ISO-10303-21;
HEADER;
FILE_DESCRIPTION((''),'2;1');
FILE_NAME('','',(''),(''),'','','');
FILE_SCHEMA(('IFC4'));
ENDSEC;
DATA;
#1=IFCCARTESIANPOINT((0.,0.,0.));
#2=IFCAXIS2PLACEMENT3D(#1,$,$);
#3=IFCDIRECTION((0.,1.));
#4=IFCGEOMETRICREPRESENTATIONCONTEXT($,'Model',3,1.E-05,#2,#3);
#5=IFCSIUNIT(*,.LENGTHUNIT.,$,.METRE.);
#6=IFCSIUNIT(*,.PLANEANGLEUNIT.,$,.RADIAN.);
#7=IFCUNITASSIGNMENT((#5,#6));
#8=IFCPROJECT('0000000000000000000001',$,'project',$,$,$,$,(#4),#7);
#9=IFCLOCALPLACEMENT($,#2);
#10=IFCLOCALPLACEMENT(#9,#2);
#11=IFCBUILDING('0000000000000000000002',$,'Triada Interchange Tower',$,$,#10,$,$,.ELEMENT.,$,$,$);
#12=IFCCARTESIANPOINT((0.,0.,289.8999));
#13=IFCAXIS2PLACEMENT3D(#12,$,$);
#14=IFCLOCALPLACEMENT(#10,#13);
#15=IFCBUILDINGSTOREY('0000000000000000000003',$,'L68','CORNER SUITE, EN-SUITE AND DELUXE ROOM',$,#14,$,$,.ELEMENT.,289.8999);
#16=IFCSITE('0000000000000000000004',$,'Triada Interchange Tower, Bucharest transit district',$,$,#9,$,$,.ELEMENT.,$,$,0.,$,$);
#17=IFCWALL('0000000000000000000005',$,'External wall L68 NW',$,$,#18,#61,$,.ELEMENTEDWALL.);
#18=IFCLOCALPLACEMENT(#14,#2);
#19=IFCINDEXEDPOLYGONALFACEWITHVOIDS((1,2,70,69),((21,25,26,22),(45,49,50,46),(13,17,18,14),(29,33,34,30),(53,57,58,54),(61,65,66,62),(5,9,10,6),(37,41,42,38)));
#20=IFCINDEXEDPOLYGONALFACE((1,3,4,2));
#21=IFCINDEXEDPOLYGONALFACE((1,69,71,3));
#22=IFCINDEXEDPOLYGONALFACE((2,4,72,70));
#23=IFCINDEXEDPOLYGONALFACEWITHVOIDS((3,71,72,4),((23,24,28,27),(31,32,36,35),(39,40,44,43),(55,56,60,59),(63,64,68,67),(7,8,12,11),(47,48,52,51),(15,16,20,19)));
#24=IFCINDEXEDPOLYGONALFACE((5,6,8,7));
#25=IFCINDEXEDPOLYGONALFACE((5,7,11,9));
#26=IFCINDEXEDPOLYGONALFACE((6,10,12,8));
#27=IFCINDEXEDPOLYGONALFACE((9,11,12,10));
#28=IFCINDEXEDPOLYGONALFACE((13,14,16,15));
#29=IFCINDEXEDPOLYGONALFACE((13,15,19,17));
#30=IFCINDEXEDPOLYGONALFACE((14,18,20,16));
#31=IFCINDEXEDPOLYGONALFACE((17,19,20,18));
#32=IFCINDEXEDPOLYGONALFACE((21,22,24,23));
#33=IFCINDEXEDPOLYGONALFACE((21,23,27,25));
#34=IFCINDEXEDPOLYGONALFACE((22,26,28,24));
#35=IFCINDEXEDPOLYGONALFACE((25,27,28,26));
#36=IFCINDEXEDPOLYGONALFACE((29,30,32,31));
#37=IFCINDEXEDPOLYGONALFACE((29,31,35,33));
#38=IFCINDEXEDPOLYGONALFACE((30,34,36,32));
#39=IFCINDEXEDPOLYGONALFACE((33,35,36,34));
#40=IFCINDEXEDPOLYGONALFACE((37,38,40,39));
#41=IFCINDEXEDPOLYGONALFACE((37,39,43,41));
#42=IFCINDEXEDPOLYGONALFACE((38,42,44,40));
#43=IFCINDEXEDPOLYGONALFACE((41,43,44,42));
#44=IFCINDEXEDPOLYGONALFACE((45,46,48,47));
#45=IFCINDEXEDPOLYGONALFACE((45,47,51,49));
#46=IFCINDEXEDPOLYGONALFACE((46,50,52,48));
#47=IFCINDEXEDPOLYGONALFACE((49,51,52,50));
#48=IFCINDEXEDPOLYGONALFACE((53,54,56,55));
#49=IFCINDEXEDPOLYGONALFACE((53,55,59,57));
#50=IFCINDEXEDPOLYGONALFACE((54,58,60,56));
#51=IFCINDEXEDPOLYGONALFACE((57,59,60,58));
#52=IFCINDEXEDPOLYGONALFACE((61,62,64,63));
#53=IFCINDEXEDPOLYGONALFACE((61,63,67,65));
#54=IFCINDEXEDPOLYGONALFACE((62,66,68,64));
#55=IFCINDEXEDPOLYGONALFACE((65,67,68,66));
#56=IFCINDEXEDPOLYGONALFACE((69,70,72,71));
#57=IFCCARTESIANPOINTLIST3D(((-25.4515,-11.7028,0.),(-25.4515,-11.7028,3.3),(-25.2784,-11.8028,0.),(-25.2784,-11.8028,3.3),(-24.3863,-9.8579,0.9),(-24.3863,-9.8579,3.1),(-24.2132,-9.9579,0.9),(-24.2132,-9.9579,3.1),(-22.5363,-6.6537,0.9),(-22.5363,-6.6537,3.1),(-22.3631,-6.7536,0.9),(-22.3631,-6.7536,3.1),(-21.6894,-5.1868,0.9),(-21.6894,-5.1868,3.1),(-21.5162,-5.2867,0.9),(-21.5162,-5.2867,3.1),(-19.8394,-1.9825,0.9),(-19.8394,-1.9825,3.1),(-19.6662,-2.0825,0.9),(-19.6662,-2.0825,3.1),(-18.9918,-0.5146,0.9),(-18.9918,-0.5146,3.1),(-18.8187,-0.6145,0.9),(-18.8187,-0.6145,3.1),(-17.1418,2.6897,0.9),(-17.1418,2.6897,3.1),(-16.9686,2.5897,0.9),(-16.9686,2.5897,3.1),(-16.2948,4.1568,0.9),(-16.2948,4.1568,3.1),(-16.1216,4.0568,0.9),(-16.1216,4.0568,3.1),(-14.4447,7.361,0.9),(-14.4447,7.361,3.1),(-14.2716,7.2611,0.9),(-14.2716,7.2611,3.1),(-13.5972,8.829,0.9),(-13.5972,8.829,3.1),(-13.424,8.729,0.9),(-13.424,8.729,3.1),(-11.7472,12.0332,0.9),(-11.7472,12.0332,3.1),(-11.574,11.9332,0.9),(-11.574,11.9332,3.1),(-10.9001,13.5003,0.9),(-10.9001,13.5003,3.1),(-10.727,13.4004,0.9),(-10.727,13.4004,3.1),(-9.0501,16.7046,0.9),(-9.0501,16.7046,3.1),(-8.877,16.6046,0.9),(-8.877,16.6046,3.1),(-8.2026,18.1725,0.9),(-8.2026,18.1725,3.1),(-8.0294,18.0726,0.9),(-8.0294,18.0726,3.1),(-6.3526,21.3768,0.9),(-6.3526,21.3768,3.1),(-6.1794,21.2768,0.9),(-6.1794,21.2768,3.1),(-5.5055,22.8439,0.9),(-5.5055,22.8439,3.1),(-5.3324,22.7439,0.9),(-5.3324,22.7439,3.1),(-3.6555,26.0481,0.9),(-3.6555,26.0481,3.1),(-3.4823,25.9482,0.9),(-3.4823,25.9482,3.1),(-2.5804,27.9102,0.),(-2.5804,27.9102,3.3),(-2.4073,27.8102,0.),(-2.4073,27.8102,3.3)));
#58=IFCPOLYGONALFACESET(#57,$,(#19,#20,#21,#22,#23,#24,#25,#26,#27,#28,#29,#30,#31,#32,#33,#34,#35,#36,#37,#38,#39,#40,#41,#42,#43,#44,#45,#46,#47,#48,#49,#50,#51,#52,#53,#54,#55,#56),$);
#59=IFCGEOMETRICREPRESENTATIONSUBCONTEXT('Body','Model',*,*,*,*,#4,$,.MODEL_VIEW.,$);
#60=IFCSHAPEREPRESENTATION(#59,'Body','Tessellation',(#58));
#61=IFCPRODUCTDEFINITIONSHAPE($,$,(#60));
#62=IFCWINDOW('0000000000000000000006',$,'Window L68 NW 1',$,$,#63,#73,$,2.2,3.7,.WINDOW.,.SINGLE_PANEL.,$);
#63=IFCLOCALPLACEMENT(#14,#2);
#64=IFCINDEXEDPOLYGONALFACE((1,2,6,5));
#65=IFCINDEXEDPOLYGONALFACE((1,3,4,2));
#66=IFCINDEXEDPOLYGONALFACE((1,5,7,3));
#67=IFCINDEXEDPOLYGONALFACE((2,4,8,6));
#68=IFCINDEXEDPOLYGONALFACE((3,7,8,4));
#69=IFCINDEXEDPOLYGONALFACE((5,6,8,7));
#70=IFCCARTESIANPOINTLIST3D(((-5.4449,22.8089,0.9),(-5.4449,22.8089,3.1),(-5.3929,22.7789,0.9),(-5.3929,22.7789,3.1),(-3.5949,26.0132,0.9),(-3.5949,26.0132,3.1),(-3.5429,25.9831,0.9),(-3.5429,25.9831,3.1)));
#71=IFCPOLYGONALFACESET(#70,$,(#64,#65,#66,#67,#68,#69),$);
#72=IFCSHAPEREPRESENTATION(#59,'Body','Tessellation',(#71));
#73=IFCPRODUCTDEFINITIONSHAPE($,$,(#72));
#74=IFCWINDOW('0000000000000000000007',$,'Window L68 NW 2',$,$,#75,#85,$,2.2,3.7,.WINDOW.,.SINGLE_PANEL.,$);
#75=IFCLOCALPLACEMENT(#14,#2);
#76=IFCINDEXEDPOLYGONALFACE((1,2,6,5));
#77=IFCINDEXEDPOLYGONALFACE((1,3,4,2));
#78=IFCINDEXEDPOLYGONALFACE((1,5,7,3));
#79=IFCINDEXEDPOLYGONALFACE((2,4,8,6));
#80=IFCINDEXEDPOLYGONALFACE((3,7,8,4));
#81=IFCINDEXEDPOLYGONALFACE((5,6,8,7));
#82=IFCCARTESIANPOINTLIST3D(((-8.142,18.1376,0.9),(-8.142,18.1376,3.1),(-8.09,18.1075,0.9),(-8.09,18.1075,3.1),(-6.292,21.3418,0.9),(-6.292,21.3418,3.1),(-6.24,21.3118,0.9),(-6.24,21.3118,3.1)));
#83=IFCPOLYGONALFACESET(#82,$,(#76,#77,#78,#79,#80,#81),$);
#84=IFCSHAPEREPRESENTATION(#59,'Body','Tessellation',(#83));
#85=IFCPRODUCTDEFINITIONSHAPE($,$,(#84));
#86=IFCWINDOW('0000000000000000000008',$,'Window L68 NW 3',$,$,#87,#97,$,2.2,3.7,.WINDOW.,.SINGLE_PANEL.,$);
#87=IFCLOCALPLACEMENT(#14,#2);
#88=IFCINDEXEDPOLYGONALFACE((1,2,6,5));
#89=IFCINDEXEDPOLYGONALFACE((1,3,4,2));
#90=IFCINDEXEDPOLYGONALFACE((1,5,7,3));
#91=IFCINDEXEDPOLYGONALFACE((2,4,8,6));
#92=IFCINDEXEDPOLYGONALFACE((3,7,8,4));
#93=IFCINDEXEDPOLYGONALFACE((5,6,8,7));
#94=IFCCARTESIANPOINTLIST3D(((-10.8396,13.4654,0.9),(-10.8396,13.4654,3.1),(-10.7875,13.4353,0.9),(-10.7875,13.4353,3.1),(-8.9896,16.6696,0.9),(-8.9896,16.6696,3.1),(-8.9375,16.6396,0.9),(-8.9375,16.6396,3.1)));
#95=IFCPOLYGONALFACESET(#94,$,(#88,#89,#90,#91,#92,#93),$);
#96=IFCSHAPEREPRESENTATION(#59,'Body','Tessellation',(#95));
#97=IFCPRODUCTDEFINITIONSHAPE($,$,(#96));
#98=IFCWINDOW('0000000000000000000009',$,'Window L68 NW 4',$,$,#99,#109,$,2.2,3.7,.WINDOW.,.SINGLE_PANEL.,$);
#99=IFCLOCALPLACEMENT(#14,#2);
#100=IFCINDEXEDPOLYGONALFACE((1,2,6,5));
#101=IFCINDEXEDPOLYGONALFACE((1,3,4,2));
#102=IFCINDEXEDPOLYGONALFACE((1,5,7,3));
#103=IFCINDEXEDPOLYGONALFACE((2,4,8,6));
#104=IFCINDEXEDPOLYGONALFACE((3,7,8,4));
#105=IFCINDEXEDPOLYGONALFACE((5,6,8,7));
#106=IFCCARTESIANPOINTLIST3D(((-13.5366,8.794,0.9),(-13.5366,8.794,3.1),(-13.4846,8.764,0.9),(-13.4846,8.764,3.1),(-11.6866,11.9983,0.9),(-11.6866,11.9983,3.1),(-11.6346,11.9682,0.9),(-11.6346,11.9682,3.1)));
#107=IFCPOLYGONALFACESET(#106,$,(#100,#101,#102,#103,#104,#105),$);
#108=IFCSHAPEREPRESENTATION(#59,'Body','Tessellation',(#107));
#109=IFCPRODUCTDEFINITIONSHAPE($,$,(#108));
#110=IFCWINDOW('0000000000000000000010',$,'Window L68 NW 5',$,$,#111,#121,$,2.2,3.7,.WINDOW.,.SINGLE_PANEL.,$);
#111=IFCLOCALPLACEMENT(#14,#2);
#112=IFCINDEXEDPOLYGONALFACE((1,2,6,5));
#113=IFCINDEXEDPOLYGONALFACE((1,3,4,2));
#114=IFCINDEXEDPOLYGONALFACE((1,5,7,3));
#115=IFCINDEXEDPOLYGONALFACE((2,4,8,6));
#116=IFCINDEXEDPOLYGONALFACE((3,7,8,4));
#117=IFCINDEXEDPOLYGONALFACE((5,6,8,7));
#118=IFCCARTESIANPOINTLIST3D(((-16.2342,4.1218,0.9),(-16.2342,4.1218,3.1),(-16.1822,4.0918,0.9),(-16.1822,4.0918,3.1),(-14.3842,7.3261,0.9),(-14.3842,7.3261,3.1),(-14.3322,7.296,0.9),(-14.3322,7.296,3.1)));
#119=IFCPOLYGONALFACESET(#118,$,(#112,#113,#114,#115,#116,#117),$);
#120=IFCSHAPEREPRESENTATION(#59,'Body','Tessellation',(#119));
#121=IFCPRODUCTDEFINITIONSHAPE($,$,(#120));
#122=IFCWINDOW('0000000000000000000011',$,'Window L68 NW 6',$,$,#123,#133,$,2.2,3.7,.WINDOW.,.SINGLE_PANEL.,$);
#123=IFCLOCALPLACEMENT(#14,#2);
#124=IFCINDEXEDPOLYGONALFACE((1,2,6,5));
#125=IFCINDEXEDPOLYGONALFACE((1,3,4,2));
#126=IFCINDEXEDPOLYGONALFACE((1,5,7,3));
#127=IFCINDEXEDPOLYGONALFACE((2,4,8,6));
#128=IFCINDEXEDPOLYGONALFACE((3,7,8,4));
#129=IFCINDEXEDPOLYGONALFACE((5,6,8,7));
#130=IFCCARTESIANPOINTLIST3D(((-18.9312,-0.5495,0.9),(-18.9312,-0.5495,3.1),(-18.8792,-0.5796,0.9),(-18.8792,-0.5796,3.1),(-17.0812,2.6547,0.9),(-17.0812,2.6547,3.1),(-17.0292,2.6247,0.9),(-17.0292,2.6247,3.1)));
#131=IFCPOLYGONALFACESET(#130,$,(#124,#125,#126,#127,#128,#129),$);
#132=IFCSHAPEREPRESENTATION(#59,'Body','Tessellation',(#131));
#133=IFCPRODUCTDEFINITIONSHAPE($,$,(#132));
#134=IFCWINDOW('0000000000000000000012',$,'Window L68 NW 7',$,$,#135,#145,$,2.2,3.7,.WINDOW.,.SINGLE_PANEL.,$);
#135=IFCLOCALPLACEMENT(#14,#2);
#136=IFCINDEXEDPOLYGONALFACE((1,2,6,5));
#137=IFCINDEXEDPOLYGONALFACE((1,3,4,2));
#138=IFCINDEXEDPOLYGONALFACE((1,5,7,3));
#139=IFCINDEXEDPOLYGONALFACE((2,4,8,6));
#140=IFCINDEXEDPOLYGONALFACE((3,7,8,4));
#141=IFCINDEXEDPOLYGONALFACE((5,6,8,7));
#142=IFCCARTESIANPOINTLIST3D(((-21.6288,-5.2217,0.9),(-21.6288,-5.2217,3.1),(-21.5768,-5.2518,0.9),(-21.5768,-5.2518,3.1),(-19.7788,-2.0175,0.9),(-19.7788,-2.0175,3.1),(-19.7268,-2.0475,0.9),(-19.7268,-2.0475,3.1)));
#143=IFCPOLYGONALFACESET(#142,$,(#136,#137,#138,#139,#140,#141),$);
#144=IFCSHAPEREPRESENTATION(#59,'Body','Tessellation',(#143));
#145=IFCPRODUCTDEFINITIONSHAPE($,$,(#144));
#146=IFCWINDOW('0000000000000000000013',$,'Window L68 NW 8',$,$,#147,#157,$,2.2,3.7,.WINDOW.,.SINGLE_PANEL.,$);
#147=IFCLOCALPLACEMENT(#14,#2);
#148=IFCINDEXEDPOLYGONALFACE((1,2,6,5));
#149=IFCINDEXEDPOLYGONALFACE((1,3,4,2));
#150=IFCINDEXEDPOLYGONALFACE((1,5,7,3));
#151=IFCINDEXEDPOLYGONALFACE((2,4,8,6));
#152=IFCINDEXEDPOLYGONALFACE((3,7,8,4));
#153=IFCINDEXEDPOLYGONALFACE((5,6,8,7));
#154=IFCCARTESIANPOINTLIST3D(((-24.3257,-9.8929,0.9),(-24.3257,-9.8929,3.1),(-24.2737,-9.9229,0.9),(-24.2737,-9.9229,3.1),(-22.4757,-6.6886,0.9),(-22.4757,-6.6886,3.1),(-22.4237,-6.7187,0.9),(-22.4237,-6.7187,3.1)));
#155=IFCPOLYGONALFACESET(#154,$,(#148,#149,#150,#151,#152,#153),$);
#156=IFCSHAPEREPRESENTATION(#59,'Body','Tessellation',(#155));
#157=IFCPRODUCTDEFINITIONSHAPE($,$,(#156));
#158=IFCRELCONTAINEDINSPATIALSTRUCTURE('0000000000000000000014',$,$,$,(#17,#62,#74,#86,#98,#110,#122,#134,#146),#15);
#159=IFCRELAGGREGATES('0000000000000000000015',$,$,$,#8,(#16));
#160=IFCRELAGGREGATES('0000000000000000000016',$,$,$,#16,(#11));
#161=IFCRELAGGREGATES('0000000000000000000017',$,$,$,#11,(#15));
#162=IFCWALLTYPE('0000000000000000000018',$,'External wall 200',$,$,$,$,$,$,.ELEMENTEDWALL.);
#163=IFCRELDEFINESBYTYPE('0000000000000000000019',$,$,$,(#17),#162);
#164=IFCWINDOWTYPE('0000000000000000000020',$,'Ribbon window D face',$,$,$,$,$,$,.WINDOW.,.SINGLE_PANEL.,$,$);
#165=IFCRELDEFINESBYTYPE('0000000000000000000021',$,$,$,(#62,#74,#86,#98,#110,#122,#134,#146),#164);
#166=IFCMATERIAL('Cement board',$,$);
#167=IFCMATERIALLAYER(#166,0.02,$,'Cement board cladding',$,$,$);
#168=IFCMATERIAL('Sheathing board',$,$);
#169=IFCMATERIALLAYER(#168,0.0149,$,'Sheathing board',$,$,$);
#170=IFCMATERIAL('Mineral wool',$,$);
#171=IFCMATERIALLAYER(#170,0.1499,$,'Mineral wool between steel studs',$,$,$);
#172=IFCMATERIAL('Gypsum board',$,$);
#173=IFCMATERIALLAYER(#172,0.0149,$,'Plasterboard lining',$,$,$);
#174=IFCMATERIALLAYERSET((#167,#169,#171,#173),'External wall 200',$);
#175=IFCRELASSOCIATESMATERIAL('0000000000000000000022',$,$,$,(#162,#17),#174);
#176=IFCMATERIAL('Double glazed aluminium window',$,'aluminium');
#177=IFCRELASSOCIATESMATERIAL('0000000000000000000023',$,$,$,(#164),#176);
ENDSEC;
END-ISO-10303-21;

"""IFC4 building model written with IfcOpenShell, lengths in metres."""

from ifc_helpers import new_model, si_unit, direction, frame, frame_2d, origin, place, context, subcontext, project, spatial, rectangle, extrude, material, layer, layer_set, layer_usage, type_object, element, fill, save


model = new_model("IFC4")

# Units and contexts
model_context = context("Model", 3, precision=1e-05, world=origin(), true_north=direction((0.0, 1.0)))
body_context = subcontext(model_context, "Body", "Model", "MODEL_VIEW")
ifc_project = project(units=[si_unit("LENGTHUNIT", "METRE"), si_unit("PLANEANGLEUNIT", "RADIAN")], contexts=[model_context])

# Site, building, storey
site_placement = place(None, origin())
site = spatial("IfcSite", under=ifc_project, at=site_placement, Name="Triada Interchange Tower, Bucharest transit district", CompositionType="ELEMENT", RefElevation=0.0)
building_placement = place(site_placement, origin())
building = spatial("IfcBuilding", under=site, at=building_placement, Name="Triada Interchange Tower", CompositionType="ELEMENT")
storey_placement = place(building_placement, frame((0.0, 0.0, 289.8999)))
storey = spatial("IfcBuildingStorey", under=building, at=storey_placement, Name="L68", Description="CORNER SUITE, EN-SUITE AND DELUXE ROOM", CompositionType="ELEMENT", Elevation=289.8999)

# Wall, openings, windows
ifc_material_1 = material(Name="Cement board")
ifc_layer_1 = layer(ifc_material_1, 0.02, Name="Cement board cladding")
ifc_material_2 = material(Name="Sheathing board")
ifc_layer_2 = layer(ifc_material_2, 0.0149, Name="Sheathing board")
ifc_material_3 = material(Name="Mineral wool")
ifc_layer_3 = layer(ifc_material_3, 0.1499, Name="Mineral wool between steel studs")
ifc_material_4 = material(Name="Gypsum board")
ifc_layer_4 = layer(ifc_material_4, 0.0149, Name="Plasterboard lining")
ifc_layer_set_1 = layer_set([ifc_layer_1, ifc_layer_2, ifc_layer_3, ifc_layer_4], Name="External wall 200")
ifc_layer_usage = layer_usage(ifc_layer_set_1, "AXIS2", "POSITIVE", -0.1001)
wall_type_1 = type_object("IfcWallType", Name="External wall 200", PredefinedType="ELEMENTEDWALL", material=ifc_layer_set_1)
wall_1_placement = place(storey_placement, frame((-2.4939, 27.8601, 0.0), z_axis=(0.0, 0.0, 1.0), x_axis=(-0.500008, -0.866021, 0.0)))
wall_1 = element("IfcWall", 1, at=wall_1_placement, inside=storey, type_object=wall_type_1, material=ifc_layer_usage, Name="External wall L68 NW", PredefinedType="ELEMENTEDWALL", context=body_context, shape_type="SweptSolid", body=[
    extrude(rectangle(XDim=45.7415, YDim=0.2, at=frame_2d((22.8706, 0.0))), origin(), (0.0, 0.0, 1.0), 3.3),
])
opening_1_placement = place(wall_1_placement, frame((2.1499, 0.0, 0.8999)))
opening_1 = element("IfcOpeningElement", 2, at=opening_1_placement, cuts=wall_1, PredefinedType="OPENING", context=body_context, shape_type="SweptSolid", body=[
    extrude(rectangle(XDim=3.7, YDim=2.2, at=frame_2d((1.8501, 1.1001))), frame((0.0, 0.1099, 0.0), z_axis=(0.0, -1.0, 0.0), x_axis=(1.0, 0.0, 0.0)), (0.0, 0.0, 1.0), 0.22),
])
opening_2_placement = place(wall_1_placement, frame((7.5439, 0.0, 0.8999)))
opening_2 = element("IfcOpeningElement", 3, at=opening_2_placement, cuts=wall_1, PredefinedType="OPENING", context=body_context, shape_type="SweptSolid", body=[
    extrude(rectangle(XDim=3.7, YDim=2.2, at=frame_2d((1.8501, 1.1001))), frame((0.0, 0.1099, 0.0), z_axis=(0.0, -1.0, 0.0), x_axis=(1.0, 0.0, 0.0)), (0.0, 0.0, 1.0), 0.22),
])
opening_3_placement = place(wall_1_placement, frame((12.939, 0.0, 0.8999)))
opening_3 = element("IfcOpeningElement", 4, at=opening_3_placement, cuts=wall_1, PredefinedType="OPENING", context=body_context, shape_type="SweptSolid", body=[
    extrude(rectangle(XDim=3.7, YDim=2.2, at=frame_2d((1.8501, 1.1001))), frame((0.0, 0.1099, 0.0), z_axis=(0.0, -1.0, 0.0), x_axis=(1.0, 0.0, 0.0)), (0.0, 0.0, 1.0), 0.22),
])
opening_4_placement = place(wall_1_placement, frame((18.333, 0.0, 0.8999)))
opening_4 = element("IfcOpeningElement", 5, at=opening_4_placement, cuts=wall_1, PredefinedType="OPENING", context=body_context, shape_type="SweptSolid", body=[
    extrude(rectangle(XDim=3.7, YDim=2.2, at=frame_2d((1.8501, 1.1001))), frame((0.0, 0.1099, 0.0), z_axis=(0.0, -1.0, 0.0), x_axis=(1.0, 0.0, 0.0)), (0.0, 0.0, 1.0), 0.22),
])
opening_5_placement = place(wall_1_placement, frame((23.728, 0.0, 0.8999)))
opening_5 = element("IfcOpeningElement", 6, at=opening_5_placement, cuts=wall_1, PredefinedType="OPENING", context=body_context, shape_type="SweptSolid", body=[
    extrude(rectangle(XDim=3.7, YDim=2.2, at=frame_2d((1.8501, 1.1001))), frame((0.0, 0.1099, 0.0), z_axis=(0.0, -1.0, 0.0), x_axis=(1.0, 0.0, 0.0)), (0.0, 0.0, 1.0), 0.22),
])
opening_6_placement = place(wall_1_placement, frame((29.1221, 0.0, 0.8999)))
opening_6 = element("IfcOpeningElement", 7, at=opening_6_placement, cuts=wall_1, PredefinedType="OPENING", context=body_context, shape_type="SweptSolid", body=[
    extrude(rectangle(XDim=3.7, YDim=2.2, at=frame_2d((1.8501, 1.1001))), frame((0.0, 0.1099, 0.0), z_axis=(0.0, -1.0, 0.0), x_axis=(1.0, 0.0, 0.0)), (0.0, 0.0, 1.0), 0.22),
])
opening_7_placement = place(wall_1_placement, frame((34.5171, 0.0, 0.8999)))
opening_7 = element("IfcOpeningElement", 8, at=opening_7_placement, cuts=wall_1, PredefinedType="OPENING", context=body_context, shape_type="SweptSolid", body=[
    extrude(rectangle(XDim=3.7, YDim=2.2, at=frame_2d((1.8501, 1.1001))), frame((0.0, 0.1099, 0.0), z_axis=(0.0, -1.0, 0.0), x_axis=(1.0, 0.0, 0.0)), (0.0, 0.0, 1.0), 0.22),
])
opening_8_placement = place(wall_1_placement, frame((39.9109, 0.0, 0.8999)))
opening_8 = element("IfcOpeningElement", 9, at=opening_8_placement, cuts=wall_1, PredefinedType="OPENING", context=body_context, shape_type="SweptSolid", body=[
    extrude(rectangle(XDim=3.7, YDim=2.2, at=frame_2d((1.8501, 1.1001))), frame((0.0, 0.1099, 0.0), z_axis=(0.0, -1.0, 0.0), x_axis=(1.0, 0.0, 0.0)), (0.0, 0.0, 1.0), 0.22),
])
ifc_material_5 = material(Name="Double glazed aluminium window", Category="aluminium")
window_type = type_object("IfcWindowType", Name="Ribbon window D face", PartitioningType="SINGLE_PANEL", PredefinedType="WINDOW", material=ifc_material_5)
window_1_placement = place(opening_1_placement, origin())
window_1 = element("IfcWindow", 10, at=window_1_placement, inside=storey, type_object=window_type, Name="Window L68 NW 1", OverallHeight=2.2, OverallWidth=3.7, PartitioningType="SINGLE_PANEL", PredefinedType="WINDOW", context=body_context, shape_type="SweptSolid", body=[
    extrude(rectangle(XDim=3.7, YDim=2.2, at=frame_2d((1.8501, 1.1001))), frame((0.0, 0.03, 0.0), z_axis=(0.0, -1.0, 0.0), x_axis=(1.0, 0.0, 0.0)), (0.0, 0.0, 1.0), 0.0601),
])
fill(opening_1, window_1)
window_2_placement = place(opening_2_placement, origin())
window_2 = element("IfcWindow", 11, at=window_2_placement, inside=storey, type_object=window_type, Name="Window L68 NW 2", OverallHeight=2.2, OverallWidth=3.7, PartitioningType="SINGLE_PANEL", PredefinedType="WINDOW", context=body_context, shape_type="SweptSolid", body=[
    extrude(rectangle(XDim=3.7, YDim=2.2, at=frame_2d((1.8501, 1.1001))), frame((0.0, 0.03, 0.0), z_axis=(0.0, -1.0, 0.0), x_axis=(1.0, 0.0, 0.0)), (0.0, 0.0, 1.0), 0.0601),
])
fill(opening_2, window_2)
window_3_placement = place(opening_3_placement, origin())
window_3 = element("IfcWindow", 12, at=window_3_placement, inside=storey, type_object=window_type, Name="Window L68 NW 3", OverallHeight=2.2, OverallWidth=3.7, PartitioningType="SINGLE_PANEL", PredefinedType="WINDOW", context=body_context, shape_type="SweptSolid", body=[
    extrude(rectangle(XDim=3.7, YDim=2.2, at=frame_2d((1.8501, 1.1001))), frame((0.0, 0.03, 0.0), z_axis=(0.0, -1.0, 0.0), x_axis=(1.0, 0.0, 0.0)), (0.0, 0.0, 1.0), 0.0601),
])
fill(opening_3, window_3)
window_4_placement = place(opening_4_placement, origin())
window_4 = element("IfcWindow", 13, at=window_4_placement, inside=storey, type_object=window_type, Name="Window L68 NW 4", OverallHeight=2.2, OverallWidth=3.7, PartitioningType="SINGLE_PANEL", PredefinedType="WINDOW", context=body_context, shape_type="SweptSolid", body=[
    extrude(rectangle(XDim=3.7, YDim=2.2, at=frame_2d((1.8501, 1.1001))), frame((0.0, 0.03, 0.0), z_axis=(0.0, -1.0, 0.0), x_axis=(1.0, 0.0, 0.0)), (0.0, 0.0, 1.0), 0.0601),
])
fill(opening_4, window_4)
window_5_placement = place(opening_5_placement, origin())
window_5 = element("IfcWindow", 14, at=window_5_placement, inside=storey, type_object=window_type, Name="Window L68 NW 5", OverallHeight=2.2, OverallWidth=3.7, PartitioningType="SINGLE_PANEL", PredefinedType="WINDOW", context=body_context, shape_type="SweptSolid", body=[
    extrude(rectangle(XDim=3.7, YDim=2.2, at=frame_2d((1.8501, 1.1001))), frame((0.0, 0.03, 0.0), z_axis=(0.0, -1.0, 0.0), x_axis=(1.0, 0.0, 0.0)), (0.0, 0.0, 1.0), 0.0601),
])
fill(opening_5, window_5)
window_6_placement = place(opening_6_placement, origin())
window_6 = element("IfcWindow", 15, at=window_6_placement, inside=storey, type_object=window_type, Name="Window L68 NW 6", OverallHeight=2.2, OverallWidth=3.7, PartitioningType="SINGLE_PANEL", PredefinedType="WINDOW", context=body_context, shape_type="SweptSolid", body=[
    extrude(rectangle(XDim=3.7, YDim=2.2, at=frame_2d((1.8501, 1.1001))), frame((0.0, 0.03, 0.0), z_axis=(0.0, -1.0, 0.0), x_axis=(1.0, 0.0, 0.0)), (0.0, 0.0, 1.0), 0.0601),
])
fill(opening_6, window_6)
window_7_placement = place(opening_7_placement, origin())
window_7 = element("IfcWindow", 16, at=window_7_placement, inside=storey, type_object=window_type, Name="Window L68 NW 7", OverallHeight=2.2, OverallWidth=3.7, PartitioningType="SINGLE_PANEL", PredefinedType="WINDOW", context=body_context, shape_type="SweptSolid", body=[
    extrude(rectangle(XDim=3.7, YDim=2.2, at=frame_2d((1.8501, 1.1001))), frame((0.0, 0.03, 0.0), z_axis=(0.0, -1.0, 0.0), x_axis=(1.0, 0.0, 0.0)), (0.0, 0.0, 1.0), 0.0601),
])
fill(opening_7, window_7)
window_8_placement = place(opening_8_placement, origin())
window_8 = element("IfcWindow", 17, at=window_8_placement, inside=storey, type_object=window_type, Name="Window L68 NW 8", OverallHeight=2.2, OverallWidth=3.7, PartitioningType="SINGLE_PANEL", PredefinedType="WINDOW", context=body_context, shape_type="SweptSolid", body=[
    extrude(rectangle(XDim=3.7, YDim=2.2, at=frame_2d((1.8501, 1.1001))), frame((0.0, 0.03, 0.0), z_axis=(0.0, -1.0, 0.0), x_axis=(1.0, 0.0, 0.0)), (0.0, 0.0, 1.0), 0.0601),
])
fill(opening_8, window_8)

save(model, "model.ifc")
